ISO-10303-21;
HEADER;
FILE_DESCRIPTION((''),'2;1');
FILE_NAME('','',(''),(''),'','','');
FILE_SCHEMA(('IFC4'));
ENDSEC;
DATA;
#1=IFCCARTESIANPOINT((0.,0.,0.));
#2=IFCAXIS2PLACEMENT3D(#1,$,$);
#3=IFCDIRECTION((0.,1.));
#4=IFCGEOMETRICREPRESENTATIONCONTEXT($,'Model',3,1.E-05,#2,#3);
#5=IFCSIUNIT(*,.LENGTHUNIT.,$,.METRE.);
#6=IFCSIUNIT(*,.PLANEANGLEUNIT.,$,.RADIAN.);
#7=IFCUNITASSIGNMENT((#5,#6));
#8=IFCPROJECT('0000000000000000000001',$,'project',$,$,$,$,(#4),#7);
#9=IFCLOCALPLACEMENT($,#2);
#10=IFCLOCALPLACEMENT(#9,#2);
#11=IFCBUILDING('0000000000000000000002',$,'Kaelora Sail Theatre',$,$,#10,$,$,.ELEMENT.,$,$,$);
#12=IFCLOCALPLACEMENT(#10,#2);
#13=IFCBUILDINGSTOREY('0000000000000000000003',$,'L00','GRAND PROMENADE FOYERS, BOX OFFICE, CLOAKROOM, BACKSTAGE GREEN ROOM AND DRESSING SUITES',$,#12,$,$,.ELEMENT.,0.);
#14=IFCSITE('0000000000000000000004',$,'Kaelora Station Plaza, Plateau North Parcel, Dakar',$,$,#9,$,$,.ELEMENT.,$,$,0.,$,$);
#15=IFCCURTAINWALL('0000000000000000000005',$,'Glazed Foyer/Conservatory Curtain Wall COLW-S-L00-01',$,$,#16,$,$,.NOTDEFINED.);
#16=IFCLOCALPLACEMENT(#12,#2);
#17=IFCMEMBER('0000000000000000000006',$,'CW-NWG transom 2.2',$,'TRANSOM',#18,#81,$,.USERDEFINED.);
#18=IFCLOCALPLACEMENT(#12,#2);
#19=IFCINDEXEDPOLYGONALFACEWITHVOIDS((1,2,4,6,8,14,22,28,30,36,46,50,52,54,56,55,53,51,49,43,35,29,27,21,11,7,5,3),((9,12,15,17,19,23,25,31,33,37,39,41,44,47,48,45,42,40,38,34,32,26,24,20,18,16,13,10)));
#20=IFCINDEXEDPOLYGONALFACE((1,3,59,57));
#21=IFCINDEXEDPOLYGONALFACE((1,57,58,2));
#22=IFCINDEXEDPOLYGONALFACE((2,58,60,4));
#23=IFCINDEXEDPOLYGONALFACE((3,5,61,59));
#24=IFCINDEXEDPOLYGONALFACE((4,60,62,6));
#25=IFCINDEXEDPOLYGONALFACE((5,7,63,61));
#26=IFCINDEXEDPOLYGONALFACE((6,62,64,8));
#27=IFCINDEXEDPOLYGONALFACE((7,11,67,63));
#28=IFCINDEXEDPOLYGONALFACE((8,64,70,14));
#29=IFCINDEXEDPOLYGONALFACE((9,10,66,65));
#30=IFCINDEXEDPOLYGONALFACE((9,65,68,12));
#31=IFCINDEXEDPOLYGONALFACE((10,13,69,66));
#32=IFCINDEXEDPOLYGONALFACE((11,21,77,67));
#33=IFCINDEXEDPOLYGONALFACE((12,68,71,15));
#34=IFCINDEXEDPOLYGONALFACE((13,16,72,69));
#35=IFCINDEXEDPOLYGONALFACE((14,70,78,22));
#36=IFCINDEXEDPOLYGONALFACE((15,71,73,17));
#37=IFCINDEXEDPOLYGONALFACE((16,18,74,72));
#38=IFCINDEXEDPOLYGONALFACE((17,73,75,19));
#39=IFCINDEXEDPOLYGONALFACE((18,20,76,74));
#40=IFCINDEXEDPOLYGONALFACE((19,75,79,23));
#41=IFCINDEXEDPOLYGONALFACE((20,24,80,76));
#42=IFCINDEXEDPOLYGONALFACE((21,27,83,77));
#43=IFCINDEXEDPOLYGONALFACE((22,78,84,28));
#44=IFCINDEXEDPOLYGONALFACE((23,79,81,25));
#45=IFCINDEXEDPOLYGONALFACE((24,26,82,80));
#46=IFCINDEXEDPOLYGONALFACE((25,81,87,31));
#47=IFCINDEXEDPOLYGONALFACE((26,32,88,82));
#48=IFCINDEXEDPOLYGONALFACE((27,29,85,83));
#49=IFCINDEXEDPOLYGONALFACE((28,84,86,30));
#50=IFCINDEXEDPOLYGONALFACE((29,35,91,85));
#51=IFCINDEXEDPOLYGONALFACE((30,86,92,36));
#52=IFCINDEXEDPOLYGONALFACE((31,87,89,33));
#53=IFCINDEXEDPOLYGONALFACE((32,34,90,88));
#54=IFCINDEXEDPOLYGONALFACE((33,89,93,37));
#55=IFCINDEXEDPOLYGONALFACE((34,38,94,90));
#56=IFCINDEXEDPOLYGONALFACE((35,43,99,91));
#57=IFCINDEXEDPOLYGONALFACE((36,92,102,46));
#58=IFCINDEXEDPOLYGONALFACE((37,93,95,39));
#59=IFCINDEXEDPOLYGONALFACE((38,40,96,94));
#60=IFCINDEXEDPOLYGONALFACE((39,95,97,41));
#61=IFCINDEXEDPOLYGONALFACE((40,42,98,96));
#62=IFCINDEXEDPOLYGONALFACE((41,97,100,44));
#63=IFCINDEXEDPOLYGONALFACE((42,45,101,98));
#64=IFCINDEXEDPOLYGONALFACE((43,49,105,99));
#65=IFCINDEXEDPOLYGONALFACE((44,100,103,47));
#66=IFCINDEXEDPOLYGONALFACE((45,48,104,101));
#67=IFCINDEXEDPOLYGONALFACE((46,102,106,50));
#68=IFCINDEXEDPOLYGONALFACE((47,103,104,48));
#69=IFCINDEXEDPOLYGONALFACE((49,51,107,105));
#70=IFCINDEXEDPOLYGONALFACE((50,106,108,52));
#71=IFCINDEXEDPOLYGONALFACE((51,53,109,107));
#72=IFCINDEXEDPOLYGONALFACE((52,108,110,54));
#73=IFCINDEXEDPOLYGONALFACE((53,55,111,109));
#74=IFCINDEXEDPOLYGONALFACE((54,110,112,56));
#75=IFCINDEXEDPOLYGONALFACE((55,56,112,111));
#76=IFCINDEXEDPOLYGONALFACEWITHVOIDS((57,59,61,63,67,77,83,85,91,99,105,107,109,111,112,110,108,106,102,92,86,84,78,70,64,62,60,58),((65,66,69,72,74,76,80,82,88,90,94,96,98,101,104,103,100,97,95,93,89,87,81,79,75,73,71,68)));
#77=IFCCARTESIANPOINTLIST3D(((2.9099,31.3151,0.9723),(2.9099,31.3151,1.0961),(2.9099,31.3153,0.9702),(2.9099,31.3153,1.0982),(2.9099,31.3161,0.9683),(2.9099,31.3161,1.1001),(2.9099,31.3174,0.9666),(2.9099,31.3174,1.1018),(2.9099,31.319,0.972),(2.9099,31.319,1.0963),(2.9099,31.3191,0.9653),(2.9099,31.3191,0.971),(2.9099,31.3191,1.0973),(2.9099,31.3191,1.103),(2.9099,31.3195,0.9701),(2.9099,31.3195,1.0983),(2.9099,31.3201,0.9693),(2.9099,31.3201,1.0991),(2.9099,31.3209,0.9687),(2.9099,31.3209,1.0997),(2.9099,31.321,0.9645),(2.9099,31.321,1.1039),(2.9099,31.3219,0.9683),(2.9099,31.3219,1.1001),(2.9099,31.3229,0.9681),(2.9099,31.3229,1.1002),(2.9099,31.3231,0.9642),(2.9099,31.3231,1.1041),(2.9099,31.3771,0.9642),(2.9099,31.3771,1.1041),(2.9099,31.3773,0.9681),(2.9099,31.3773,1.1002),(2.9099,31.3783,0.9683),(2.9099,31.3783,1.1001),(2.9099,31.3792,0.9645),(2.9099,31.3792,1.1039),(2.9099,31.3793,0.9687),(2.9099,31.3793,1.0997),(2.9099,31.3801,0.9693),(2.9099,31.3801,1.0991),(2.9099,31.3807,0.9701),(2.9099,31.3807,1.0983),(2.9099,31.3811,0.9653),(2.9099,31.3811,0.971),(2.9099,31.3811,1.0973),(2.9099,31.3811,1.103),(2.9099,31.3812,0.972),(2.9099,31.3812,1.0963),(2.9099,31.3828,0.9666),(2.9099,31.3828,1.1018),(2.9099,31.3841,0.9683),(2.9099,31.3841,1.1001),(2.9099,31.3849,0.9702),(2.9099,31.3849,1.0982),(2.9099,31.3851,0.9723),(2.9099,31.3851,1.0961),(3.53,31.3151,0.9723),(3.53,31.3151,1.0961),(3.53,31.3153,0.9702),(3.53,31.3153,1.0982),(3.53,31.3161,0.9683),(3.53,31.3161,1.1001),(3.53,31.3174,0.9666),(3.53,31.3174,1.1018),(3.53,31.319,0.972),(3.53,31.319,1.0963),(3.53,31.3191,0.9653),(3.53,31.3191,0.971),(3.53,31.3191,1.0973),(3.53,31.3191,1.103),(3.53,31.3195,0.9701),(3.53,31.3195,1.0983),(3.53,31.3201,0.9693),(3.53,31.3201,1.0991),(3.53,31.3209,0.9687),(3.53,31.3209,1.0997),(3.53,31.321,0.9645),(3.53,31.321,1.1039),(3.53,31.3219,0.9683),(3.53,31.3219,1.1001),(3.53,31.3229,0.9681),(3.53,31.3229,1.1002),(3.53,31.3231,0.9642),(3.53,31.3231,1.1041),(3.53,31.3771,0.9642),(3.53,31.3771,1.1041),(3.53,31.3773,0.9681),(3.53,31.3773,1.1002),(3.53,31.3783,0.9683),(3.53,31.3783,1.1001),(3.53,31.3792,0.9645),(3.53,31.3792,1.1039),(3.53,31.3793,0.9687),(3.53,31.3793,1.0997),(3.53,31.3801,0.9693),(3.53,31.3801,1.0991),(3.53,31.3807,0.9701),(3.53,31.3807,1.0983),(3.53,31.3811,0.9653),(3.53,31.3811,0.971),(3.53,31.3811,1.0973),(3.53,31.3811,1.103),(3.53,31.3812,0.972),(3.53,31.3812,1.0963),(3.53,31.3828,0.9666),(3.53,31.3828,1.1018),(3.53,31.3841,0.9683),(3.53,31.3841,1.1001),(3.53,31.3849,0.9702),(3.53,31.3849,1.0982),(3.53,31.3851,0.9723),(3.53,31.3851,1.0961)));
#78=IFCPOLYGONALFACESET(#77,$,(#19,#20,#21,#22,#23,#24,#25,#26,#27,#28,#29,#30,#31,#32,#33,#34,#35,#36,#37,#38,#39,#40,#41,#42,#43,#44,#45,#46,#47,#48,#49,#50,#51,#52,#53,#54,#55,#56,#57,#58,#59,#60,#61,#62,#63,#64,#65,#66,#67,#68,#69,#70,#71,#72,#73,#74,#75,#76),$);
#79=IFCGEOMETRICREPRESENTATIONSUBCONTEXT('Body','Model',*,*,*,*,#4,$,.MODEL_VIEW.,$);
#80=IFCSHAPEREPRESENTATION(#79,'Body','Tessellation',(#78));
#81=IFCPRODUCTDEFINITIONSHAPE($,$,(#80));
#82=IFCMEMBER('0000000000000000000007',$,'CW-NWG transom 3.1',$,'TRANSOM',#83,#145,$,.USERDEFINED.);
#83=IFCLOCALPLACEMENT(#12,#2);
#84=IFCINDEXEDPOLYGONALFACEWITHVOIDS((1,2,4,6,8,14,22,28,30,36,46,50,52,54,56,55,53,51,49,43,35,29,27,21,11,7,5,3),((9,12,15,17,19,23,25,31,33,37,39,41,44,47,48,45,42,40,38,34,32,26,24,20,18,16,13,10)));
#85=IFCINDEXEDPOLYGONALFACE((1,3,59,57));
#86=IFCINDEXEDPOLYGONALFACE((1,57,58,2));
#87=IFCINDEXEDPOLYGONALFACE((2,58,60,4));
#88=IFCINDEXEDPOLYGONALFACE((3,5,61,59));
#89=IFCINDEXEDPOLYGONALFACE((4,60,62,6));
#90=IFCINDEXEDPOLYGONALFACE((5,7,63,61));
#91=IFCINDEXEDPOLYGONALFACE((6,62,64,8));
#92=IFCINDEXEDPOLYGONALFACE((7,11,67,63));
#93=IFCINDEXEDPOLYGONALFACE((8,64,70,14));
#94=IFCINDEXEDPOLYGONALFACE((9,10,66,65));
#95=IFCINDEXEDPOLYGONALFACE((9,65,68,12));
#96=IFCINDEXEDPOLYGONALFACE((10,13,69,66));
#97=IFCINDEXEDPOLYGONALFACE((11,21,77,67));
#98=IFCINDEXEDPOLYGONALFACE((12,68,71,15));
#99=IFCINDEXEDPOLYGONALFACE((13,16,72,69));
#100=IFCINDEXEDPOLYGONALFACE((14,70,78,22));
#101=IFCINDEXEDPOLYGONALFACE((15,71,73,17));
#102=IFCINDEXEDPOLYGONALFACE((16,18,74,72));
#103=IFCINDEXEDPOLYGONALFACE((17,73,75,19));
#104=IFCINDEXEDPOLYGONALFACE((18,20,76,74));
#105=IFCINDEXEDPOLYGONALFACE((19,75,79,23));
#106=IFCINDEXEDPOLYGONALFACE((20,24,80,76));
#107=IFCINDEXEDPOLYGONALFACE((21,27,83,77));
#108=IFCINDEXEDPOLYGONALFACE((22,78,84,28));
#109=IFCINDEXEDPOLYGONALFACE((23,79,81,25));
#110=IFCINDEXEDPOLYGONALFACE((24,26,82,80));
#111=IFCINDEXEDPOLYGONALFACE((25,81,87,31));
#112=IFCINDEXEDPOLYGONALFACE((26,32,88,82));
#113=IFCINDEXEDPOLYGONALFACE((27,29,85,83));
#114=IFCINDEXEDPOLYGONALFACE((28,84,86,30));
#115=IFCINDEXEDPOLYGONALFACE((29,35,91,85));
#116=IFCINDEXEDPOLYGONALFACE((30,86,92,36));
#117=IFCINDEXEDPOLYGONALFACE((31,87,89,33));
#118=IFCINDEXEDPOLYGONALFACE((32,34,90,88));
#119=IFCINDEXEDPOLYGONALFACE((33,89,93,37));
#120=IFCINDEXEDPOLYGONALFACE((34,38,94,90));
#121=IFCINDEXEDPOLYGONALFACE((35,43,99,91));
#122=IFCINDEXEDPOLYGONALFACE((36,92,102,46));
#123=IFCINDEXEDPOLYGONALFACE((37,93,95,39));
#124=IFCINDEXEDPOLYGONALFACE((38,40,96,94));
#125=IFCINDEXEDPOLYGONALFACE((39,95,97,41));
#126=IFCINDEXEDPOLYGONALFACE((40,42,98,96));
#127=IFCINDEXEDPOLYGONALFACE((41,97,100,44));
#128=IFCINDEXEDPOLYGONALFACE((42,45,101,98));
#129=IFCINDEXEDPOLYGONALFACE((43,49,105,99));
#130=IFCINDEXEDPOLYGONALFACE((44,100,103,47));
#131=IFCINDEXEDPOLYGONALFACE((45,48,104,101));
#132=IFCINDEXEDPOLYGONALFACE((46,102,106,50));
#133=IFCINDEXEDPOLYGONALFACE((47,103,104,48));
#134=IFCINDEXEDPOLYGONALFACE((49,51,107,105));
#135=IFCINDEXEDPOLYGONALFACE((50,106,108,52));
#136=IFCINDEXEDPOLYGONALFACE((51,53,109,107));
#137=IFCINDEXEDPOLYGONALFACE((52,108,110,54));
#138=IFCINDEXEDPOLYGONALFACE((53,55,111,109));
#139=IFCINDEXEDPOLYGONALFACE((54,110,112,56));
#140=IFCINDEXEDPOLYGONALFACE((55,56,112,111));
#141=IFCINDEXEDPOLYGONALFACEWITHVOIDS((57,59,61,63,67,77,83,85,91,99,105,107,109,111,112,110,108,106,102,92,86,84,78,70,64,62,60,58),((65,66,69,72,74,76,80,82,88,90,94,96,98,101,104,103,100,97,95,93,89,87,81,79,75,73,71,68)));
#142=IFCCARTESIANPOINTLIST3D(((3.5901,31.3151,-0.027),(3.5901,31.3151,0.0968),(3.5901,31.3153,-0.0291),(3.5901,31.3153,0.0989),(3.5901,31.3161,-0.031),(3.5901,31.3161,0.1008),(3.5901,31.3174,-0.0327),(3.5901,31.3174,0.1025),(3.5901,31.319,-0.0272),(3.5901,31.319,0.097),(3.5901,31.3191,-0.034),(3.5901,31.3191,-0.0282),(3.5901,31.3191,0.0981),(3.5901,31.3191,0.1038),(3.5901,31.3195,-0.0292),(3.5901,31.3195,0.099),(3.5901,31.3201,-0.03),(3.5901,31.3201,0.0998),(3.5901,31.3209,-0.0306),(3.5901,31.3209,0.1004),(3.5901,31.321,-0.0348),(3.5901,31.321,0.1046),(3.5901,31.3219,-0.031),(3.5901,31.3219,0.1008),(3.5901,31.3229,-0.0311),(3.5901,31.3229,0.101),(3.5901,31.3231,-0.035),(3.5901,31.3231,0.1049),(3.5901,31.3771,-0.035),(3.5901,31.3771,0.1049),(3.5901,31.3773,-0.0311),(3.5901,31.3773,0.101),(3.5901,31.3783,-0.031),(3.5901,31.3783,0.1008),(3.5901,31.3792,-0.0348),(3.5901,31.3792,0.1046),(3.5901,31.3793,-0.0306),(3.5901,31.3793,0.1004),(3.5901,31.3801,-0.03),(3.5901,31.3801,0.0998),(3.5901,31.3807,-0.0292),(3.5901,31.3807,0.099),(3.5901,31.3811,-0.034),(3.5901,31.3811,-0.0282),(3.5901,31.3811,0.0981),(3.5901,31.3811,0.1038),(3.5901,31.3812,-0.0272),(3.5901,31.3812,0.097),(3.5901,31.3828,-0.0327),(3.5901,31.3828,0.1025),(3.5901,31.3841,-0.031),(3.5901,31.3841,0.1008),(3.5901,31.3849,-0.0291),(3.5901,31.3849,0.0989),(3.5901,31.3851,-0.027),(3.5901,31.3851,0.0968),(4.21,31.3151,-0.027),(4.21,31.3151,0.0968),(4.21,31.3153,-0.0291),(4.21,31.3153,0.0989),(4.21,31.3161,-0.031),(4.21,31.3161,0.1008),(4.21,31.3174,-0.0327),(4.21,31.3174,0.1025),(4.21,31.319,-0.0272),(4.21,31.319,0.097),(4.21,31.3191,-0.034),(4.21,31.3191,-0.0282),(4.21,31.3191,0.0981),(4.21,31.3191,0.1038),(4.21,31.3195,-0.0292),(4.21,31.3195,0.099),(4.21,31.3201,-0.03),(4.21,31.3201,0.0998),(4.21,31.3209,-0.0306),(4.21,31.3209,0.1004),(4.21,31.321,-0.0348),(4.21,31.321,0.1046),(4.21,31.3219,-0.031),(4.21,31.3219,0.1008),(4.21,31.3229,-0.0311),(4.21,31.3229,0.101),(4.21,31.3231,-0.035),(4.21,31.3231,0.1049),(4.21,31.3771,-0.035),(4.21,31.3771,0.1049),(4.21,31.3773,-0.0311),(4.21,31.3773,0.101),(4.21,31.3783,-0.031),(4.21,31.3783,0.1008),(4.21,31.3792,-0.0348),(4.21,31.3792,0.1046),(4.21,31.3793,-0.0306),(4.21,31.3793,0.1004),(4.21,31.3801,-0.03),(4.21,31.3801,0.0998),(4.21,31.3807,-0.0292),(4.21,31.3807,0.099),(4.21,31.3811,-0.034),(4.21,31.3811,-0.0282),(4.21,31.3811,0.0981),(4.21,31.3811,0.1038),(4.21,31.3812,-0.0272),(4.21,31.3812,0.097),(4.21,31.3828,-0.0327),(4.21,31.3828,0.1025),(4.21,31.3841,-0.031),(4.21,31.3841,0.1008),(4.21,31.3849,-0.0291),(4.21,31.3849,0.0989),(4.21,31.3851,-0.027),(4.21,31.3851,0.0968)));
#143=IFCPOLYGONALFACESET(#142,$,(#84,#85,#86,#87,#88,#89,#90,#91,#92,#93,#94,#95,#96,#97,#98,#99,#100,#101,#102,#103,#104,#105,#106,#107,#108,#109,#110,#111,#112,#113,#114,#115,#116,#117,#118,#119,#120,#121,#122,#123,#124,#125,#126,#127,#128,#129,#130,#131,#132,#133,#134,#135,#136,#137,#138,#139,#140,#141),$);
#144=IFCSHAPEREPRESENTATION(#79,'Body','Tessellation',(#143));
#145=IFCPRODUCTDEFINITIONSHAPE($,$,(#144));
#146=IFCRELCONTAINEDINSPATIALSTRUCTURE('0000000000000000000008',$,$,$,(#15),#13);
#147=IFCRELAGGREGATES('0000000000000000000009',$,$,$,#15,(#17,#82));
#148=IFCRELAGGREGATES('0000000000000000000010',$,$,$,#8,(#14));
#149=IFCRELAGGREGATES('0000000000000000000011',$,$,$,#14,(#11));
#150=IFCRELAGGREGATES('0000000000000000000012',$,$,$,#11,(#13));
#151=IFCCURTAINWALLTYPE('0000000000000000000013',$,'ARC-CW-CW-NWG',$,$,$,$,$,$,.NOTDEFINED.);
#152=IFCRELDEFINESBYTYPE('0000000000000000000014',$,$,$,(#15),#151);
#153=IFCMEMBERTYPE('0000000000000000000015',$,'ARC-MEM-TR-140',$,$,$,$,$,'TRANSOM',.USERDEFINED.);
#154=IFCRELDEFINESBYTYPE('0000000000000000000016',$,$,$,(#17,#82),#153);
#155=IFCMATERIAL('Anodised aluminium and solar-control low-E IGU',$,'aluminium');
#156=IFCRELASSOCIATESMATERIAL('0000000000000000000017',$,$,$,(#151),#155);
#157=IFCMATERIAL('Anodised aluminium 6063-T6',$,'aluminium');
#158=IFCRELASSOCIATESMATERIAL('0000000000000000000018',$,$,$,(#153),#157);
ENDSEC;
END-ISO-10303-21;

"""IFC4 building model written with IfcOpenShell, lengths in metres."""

from ifc_helpers import new_model, si_unit, direction, frame, origin, origin_2d, place, context, subcontext, project, spatial, hollow_rectangle, extrude, material, material_profile, profile_set, type_object, element, aggregate, save


model = new_model("IFC4")

# Units and contexts
model_context = context("Model", 3, precision=1e-05, world=origin(), true_north=direction((0.0, 1.0)))
body_context = subcontext(model_context, "Body", "Model", "MODEL_VIEW")
ifc_project = project(units=[si_unit("LENGTHUNIT", "METRE"), si_unit("PLANEANGLEUNIT", "RADIAN")], contexts=[model_context])

# Site, building, storey
site_placement = place(None, origin())
site = spatial("IfcSite", under=ifc_project, at=site_placement, Name="Kaelora Station Plaza, Plateau North Parcel, Dakar", CompositionType="ELEMENT", RefElevation=0.0)
building_placement = place(site_placement, origin())
building = spatial("IfcBuilding", under=site, at=building_placement, Name="Kaelora Sail Theatre", CompositionType="ELEMENT")
storey_placement = place(building_placement, origin())
storey = spatial("IfcBuildingStorey", under=building, at=storey_placement, Name="L00", Description="GRAND PROMENADE FOYERS, BOX OFFICE, CLOAKROOM, BACKSTAGE GREEN ROOM AND DRESSING SUITES", CompositionType="ELEMENT", Elevation=0.0)

# Curtain wall, members
ifc_material_1 = material(Name="Anodised aluminium and solar-control low-E IGU", Category="aluminium")
curtain_wall_type = type_object("IfcCurtainWallType", Name="ARC-CW-CW-NWG", PredefinedType="NOTDEFINED", material=ifc_material_1)
curtain_wall_placement = place(storey_placement, origin())
curtain_wall = element("IfcCurtainWall", 1, at=curtain_wall_placement, inside=storey, type_object=curtain_wall_type, Name="Glazed Foyer/Conservatory Curtain Wall COLW-S-L00-01", PredefinedType="NOTDEFINED")
ifc_material_2 = material(Name="Anodised aluminium 6063-T6", Category="aluminium")
ifc_material_profile_1 = material_profile(ifc_material_2, hollow_rectangle(XDim=0.0701, YDim=0.1399, WallThickness=0.0039, InnerFilletRadius=0.0039, OuterFilletRadius=0.0081, at=origin_2d()), Name="ALU-TRAN 70x140x4")
ifc_profile_set_1 = profile_set([ifc_material_profile_1], Name="Anodised aluminium 6063-T6")
member_type_1 = type_object("IfcMemberType", Name="ARC-MEM-TR-140", ElementType="TRANSOM", PredefinedType="USERDEFINED", material=ifc_profile_set_1)
member_1_placement = place(storey_placement, frame((2.9099, 31.3501, 1.0342), z_axis=(1.0, 0.0, 0.0), x_axis=(0.0, 1.0, 0.0)))
member_1 = element("IfcMember", 2, at=member_1_placement, type_object=member_type_1, Name="CW-NWG transom 2.2", ObjectType="TRANSOM", PredefinedType="USERDEFINED", context=body_context, shape_type="SweptSolid", body=[
    extrude(hollow_rectangle(XDim=0.0701, YDim=0.1399, WallThickness=0.0039, InnerFilletRadius=0.0039, OuterFilletRadius=0.0081, at=origin_2d()), origin(), (0.0, 0.0, 1.0), 0.6201),
])
member_2_placement = place(storey_placement, frame((3.5901, 31.3501, 0.0349), z_axis=(1.0, 0.0, 0.0), x_axis=(0.0, 1.0, 0.0)))
member_2 = element("IfcMember", 3, at=member_2_placement, type_object=member_type_1, Name="CW-NWG transom 3.1", ObjectType="TRANSOM", PredefinedType="USERDEFINED", context=body_context, shape_type="SweptSolid", body=[
    extrude(hollow_rectangle(XDim=0.0701, YDim=0.1399, WallThickness=0.0039, InnerFilletRadius=0.0039, OuterFilletRadius=0.0081, at=origin_2d()), origin(), (0.0, 0.0, 1.0), 0.6199),
])
aggregate(curtain_wall, [member_1, member_2])

save(model, "model.ifc")
